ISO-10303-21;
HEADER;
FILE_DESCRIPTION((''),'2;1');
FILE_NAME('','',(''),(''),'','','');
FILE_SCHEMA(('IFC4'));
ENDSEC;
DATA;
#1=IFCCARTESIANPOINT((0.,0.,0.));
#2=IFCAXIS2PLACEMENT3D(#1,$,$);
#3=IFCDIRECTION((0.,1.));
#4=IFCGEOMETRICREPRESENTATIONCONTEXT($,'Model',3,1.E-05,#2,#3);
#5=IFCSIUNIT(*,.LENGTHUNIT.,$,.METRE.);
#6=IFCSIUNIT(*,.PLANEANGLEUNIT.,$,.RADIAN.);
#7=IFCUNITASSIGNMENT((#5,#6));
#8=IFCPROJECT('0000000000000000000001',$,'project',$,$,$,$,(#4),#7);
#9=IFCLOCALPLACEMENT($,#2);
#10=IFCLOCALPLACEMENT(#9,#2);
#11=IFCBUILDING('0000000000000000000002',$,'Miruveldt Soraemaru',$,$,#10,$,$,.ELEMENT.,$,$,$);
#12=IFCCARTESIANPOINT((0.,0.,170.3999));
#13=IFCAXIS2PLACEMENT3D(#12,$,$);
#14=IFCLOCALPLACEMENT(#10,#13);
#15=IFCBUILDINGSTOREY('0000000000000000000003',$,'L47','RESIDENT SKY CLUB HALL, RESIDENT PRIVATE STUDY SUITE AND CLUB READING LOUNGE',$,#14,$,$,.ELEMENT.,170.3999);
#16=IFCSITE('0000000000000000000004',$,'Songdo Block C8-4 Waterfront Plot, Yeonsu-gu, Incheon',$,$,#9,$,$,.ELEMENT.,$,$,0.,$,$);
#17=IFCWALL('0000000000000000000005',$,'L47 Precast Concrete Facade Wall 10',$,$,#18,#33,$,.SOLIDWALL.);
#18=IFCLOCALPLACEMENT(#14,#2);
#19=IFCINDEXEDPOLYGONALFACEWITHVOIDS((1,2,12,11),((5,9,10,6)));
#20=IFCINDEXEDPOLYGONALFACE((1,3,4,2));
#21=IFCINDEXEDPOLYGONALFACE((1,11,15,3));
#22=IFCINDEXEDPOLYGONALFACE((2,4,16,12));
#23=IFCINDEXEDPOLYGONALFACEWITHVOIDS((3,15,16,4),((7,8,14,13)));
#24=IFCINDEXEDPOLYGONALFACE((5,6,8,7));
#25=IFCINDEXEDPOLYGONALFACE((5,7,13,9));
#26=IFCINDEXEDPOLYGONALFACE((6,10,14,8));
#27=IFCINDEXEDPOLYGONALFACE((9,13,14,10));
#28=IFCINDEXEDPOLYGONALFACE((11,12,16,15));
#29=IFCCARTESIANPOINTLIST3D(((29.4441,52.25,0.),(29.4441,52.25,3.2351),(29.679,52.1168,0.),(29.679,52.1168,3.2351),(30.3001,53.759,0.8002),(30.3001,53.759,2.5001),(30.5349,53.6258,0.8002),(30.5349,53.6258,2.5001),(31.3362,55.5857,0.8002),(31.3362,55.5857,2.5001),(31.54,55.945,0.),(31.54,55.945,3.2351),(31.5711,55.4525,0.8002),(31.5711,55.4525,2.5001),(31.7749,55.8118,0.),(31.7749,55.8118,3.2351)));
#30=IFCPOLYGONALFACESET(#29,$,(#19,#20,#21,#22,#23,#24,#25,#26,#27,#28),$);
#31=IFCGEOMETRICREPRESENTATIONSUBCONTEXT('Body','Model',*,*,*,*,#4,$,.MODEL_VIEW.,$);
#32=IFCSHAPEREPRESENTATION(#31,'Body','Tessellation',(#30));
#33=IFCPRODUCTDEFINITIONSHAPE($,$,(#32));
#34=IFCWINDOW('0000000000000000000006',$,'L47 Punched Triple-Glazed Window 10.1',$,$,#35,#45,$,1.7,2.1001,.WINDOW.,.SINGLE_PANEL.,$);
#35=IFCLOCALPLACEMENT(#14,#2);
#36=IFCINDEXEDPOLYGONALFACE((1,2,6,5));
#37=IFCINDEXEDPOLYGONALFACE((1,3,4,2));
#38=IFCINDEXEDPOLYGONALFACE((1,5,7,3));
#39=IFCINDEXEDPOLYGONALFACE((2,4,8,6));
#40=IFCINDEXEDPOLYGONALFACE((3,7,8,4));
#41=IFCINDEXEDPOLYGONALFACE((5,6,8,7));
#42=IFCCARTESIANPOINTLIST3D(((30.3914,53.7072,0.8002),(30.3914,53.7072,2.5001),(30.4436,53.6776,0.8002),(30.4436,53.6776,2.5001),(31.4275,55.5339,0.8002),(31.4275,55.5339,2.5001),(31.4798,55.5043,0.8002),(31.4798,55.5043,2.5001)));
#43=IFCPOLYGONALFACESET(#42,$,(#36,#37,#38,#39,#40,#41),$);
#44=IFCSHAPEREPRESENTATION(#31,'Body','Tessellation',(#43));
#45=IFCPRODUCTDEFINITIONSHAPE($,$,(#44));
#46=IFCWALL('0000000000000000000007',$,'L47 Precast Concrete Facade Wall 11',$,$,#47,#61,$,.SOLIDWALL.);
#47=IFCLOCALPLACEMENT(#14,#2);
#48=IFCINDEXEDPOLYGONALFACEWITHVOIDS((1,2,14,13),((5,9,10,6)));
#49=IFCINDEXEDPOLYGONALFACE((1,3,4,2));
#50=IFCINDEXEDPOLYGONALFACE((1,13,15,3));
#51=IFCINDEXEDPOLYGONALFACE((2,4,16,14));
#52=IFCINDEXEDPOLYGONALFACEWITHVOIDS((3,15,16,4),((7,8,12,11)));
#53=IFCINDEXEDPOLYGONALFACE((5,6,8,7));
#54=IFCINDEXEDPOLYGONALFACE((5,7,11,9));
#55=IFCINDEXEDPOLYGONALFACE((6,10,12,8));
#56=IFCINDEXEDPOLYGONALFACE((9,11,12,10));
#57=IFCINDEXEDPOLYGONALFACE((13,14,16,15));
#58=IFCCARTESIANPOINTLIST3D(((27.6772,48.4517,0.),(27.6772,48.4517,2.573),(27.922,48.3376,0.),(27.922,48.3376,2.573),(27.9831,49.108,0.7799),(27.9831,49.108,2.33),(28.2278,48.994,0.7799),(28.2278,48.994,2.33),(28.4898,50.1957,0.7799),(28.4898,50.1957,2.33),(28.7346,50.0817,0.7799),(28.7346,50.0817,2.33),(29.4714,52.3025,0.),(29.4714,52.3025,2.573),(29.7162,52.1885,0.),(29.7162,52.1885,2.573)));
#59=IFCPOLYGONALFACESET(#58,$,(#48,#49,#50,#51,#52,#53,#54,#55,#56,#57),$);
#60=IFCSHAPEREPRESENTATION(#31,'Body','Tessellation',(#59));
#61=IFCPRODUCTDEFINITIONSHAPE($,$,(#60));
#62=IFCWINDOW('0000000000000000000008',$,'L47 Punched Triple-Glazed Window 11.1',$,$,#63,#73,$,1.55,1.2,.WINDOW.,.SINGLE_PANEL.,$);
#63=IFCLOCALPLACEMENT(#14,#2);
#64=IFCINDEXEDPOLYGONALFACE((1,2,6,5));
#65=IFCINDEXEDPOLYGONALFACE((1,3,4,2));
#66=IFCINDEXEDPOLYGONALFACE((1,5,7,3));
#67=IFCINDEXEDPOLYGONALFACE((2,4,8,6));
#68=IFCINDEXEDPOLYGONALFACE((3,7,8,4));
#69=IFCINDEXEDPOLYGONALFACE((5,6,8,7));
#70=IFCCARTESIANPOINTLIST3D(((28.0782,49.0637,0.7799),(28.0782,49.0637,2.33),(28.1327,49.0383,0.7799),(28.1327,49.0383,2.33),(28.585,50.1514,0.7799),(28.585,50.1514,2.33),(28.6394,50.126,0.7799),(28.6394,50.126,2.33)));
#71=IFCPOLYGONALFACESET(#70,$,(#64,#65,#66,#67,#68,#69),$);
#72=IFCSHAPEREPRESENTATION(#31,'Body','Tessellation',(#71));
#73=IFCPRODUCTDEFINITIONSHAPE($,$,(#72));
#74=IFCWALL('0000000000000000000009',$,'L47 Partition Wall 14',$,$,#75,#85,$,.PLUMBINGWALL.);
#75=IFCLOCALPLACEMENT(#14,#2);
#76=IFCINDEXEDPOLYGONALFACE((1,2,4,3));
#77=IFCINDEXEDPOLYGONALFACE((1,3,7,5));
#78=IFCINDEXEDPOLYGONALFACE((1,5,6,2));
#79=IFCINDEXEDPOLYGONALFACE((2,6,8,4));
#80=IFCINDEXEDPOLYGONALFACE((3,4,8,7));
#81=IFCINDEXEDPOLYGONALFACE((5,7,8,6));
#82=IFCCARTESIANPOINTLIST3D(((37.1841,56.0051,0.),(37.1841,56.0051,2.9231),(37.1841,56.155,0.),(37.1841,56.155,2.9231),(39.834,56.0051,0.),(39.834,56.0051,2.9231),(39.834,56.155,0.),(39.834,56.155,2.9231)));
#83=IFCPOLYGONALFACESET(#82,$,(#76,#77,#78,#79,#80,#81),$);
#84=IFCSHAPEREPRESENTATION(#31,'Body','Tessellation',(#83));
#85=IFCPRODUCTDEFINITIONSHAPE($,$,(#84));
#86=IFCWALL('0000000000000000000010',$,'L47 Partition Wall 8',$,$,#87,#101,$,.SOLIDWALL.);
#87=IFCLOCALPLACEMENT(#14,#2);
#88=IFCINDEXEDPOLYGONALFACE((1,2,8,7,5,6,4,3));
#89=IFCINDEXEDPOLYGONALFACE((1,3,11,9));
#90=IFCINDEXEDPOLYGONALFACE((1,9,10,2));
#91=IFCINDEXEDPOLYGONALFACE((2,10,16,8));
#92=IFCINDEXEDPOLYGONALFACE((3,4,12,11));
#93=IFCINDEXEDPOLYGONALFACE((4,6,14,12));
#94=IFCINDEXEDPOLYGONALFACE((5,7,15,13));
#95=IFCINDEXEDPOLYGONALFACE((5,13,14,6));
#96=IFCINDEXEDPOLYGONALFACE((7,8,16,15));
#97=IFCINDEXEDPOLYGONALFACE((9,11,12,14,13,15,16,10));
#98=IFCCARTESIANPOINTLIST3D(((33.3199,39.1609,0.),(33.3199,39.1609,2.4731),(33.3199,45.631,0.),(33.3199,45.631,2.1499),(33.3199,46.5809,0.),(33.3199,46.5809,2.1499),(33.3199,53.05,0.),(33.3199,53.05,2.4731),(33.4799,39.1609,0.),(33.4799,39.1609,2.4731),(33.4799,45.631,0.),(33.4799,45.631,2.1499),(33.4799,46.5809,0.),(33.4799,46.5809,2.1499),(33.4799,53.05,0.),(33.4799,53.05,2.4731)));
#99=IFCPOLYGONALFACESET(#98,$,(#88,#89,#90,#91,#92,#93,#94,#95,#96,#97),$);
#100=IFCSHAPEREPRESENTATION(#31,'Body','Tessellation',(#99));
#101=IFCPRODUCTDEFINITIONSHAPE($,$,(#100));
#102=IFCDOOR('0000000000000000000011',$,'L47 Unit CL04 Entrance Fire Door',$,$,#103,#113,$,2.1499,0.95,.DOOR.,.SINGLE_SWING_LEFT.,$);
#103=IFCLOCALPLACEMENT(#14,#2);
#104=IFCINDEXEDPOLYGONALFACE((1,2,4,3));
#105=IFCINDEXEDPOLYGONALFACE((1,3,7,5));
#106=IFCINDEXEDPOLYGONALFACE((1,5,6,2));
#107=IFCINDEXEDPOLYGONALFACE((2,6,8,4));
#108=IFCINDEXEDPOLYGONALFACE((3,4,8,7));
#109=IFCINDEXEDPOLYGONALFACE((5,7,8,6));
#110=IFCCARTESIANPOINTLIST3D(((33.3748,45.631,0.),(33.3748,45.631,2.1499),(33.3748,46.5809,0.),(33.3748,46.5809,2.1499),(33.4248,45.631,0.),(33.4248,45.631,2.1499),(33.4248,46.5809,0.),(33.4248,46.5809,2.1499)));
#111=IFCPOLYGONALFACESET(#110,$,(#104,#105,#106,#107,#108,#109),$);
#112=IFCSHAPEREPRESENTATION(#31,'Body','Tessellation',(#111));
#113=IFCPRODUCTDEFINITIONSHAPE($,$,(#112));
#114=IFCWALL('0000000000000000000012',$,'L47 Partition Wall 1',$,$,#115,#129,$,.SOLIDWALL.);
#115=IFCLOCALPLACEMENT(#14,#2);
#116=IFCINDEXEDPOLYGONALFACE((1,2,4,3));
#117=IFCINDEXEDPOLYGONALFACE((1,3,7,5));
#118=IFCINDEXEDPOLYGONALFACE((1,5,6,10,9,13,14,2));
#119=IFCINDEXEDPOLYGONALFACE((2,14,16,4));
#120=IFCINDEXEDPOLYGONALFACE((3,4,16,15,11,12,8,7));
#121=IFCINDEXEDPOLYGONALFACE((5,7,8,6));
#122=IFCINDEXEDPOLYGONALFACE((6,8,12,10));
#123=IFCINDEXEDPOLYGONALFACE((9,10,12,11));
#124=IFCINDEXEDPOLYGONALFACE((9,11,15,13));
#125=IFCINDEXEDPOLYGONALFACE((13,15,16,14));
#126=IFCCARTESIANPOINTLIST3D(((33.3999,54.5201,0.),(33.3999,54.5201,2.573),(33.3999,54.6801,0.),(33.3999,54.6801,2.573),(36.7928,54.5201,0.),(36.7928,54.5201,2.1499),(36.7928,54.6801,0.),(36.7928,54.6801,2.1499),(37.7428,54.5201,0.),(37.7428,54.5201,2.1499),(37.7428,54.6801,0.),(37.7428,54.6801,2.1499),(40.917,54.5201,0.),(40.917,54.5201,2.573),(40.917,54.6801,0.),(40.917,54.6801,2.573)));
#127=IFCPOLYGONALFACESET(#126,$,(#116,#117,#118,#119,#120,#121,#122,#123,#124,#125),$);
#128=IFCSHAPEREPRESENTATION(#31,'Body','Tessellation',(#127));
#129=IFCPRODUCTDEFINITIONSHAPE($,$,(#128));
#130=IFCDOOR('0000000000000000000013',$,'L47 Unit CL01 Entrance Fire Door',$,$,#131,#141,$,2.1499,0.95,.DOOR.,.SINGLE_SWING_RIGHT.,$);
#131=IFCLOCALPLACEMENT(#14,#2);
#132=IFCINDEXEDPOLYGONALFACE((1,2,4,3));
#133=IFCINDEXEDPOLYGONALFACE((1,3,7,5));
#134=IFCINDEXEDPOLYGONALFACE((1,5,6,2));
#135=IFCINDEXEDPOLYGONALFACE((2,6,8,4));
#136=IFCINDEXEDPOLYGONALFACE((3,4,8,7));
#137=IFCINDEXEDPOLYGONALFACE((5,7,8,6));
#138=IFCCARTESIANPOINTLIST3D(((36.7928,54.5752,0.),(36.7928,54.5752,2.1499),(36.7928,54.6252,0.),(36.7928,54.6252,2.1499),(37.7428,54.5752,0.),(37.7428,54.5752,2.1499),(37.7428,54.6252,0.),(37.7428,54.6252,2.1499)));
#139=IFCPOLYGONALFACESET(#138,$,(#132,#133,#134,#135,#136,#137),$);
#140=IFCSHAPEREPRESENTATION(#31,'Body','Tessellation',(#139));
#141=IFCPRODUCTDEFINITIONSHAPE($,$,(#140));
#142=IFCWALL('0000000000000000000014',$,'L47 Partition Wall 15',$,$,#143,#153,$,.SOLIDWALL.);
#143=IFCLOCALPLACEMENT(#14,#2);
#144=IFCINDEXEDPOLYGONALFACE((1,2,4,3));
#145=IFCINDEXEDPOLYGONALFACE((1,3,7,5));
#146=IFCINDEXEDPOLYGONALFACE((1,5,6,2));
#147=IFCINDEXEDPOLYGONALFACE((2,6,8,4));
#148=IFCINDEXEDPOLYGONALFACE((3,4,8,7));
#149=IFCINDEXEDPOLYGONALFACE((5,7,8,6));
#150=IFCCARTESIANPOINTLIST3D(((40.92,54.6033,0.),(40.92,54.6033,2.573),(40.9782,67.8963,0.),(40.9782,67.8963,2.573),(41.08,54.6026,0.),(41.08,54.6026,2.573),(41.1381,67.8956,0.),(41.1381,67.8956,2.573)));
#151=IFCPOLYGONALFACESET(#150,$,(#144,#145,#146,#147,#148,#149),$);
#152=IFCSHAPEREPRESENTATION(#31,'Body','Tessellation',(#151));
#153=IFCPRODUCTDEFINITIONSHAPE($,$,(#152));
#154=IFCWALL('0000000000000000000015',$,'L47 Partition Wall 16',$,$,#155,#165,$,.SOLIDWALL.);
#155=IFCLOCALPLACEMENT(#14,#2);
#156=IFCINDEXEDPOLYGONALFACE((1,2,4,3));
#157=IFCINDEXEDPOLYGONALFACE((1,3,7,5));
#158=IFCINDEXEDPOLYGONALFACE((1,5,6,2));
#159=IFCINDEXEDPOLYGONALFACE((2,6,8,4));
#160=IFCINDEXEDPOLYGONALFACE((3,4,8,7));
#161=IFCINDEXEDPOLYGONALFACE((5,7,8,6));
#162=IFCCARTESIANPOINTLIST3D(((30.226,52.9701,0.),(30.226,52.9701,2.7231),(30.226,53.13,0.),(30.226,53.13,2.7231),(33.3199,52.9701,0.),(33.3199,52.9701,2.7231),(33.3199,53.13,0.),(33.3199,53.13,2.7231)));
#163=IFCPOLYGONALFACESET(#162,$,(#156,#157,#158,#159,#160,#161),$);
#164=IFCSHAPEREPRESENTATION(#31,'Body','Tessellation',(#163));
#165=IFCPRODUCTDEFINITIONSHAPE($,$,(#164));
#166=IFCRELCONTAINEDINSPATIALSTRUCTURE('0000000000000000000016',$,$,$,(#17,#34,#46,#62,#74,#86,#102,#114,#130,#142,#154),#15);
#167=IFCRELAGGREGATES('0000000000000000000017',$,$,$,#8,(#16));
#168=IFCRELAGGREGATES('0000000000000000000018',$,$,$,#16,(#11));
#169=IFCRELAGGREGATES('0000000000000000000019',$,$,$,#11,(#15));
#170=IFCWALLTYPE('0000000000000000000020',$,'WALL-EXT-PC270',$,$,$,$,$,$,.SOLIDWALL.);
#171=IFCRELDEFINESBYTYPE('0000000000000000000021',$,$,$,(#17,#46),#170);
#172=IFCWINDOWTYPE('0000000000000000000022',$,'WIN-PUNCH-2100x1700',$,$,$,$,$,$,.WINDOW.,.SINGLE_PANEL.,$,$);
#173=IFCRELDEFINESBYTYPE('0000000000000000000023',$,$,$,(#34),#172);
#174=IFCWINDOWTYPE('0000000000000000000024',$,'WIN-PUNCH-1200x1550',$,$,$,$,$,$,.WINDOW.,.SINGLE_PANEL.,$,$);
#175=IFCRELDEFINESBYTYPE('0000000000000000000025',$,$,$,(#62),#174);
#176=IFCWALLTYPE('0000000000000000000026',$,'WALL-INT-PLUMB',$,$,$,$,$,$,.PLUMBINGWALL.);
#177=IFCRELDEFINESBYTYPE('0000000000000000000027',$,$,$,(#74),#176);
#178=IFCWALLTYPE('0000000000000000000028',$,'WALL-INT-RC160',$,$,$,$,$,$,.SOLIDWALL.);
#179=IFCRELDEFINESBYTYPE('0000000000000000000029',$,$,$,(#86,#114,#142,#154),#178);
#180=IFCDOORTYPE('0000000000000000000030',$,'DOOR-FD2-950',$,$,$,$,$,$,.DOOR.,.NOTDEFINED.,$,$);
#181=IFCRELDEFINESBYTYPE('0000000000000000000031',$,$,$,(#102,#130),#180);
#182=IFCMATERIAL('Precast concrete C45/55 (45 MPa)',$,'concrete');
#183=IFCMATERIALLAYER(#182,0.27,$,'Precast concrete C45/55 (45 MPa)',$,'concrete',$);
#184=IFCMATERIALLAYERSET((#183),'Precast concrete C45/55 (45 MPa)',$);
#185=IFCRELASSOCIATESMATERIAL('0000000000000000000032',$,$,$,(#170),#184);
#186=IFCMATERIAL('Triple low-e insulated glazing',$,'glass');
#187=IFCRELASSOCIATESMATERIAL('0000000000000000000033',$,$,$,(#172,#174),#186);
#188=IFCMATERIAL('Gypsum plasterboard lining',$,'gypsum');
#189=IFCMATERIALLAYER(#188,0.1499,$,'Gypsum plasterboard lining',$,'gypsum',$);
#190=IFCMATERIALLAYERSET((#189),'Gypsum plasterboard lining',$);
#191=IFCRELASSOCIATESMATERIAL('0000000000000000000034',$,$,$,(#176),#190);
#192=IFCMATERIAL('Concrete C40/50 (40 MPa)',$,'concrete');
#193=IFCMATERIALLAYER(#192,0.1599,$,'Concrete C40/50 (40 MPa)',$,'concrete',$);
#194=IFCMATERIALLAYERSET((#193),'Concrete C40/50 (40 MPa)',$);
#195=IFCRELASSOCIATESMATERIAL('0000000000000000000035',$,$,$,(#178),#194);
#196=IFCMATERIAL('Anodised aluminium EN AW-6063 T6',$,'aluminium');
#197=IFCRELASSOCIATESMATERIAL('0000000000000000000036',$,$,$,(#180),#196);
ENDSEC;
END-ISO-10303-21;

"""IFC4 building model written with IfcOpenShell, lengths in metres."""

from ifc_helpers import new_model, si_unit, direction, frame, frame_2d, origin, place, context, subcontext, project, spatial, rectangle, extrude, material, layer, layer_set, type_object, element, fill, save


model = new_model("IFC4")

# Units and contexts
model_context = context("Model", 3, precision=1e-05, world=origin(), true_north=direction((0.0, 1.0)))
body_context = subcontext(model_context, "Body", "Model", "MODEL_VIEW")
ifc_project = project(units=[si_unit("LENGTHUNIT", "METRE"), si_unit("PLANEANGLEUNIT", "RADIAN")], contexts=[model_context])

# Site, building, storey
site_placement = place(None, origin())
site = spatial("IfcSite", under=ifc_project, at=site_placement, Name="Songdo Block C8-4 Waterfront Plot, Yeonsu-gu, Incheon", CompositionType="ELEMENT", RefElevation=0.0)
building_placement = place(site_placement, origin())
building = spatial("IfcBuilding", under=site, at=building_placement, Name="Miruveldt Soraemaru", CompositionType="ELEMENT")
storey_placement = place(building_placement, frame((0.0, 0.0, 170.3999)))
storey = spatial("IfcBuildingStorey", under=building, at=storey_placement, Name="L47", Description="RESIDENT SKY CLUB HALL, RESIDENT PRIVATE STUDY SUITE AND CLUB READING LOUNGE", CompositionType="ELEMENT", Elevation=170.3999)

# Shared definitions
ifc_material_1 = material(Name="Concrete C40/50 (40 MPa)", Category="concrete")

# Walls, openings, windows
ifc_material_2 = material(Name="Precast concrete C45/55 (45 MPa)", Category="concrete")
ifc_layer_1 = layer(ifc_material_2, 0.27, Name="Precast concrete C45/55 (45 MPa)", Category="concrete")
ifc_layer_set_1 = layer_set([ifc_layer_1], Name="Precast concrete C45/55 (45 MPa)")
wall_type_1 = type_object("IfcWallType", Name="WALL-EXT-PC270", PredefinedType="SOLIDWALL", material=ifc_layer_set_1)
wall_1_placement = place(storey_placement, frame((31.6575, 55.8784, 0.0), z_axis=(0.0, 0.0, 1.0), x_axis=(-0.493382, -0.869813, 0.0)))
wall_1 = element("IfcWall", 1, at=wall_1_placement, inside=storey, type_object=wall_type_1, Name="L47 Precast Concrete Facade Wall 10", PredefinedType="SOLIDWALL", context=body_context, shape_type="SweptSolid", body=[
    extrude(rectangle(XDim=4.248, YDim=0.27, at=frame_2d((2.124, 0.0))), origin(), (0.0, 0.0, 1.0), 3.2351),
])
opening_1_placement = place(wall_1_placement, frame((0.4131, 0.0, 0.8)))
opening_1 = element("IfcOpeningElement", 2, at=opening_1_placement, cuts=wall_1, PredefinedType="OPENING", context=body_context, shape_type="SweptSolid", body=[
    extrude(rectangle(XDim=2.1001, YDim=1.7, at=frame_2d((1.05, 0.8501))), frame((0.0, 0.145, 0.0), z_axis=(0.0, -1.0, 0.0), x_axis=(1.0, 0.0, 0.0)), (0.0, 0.0, 1.0), 0.29),
])
ifc_material_3 = material(Name="Triple low-e insulated glazing", Category="glass")
window_type_1 = type_object("IfcWindowType", Name="WIN-PUNCH-2100x1700", PartitioningType="SINGLE_PANEL", PredefinedType="WINDOW", material=ifc_material_3)
window_1_placement = place(opening_1_placement, origin())
window_1 = element("IfcWindow", 3, at=window_1_placement, inside=storey, type_object=window_type_1, Name="L47 Punched Triple-Glazed Window 10.1", OverallHeight=1.7, OverallWidth=2.1001, PartitioningType="SINGLE_PANEL", PredefinedType="WINDOW", context=body_context, shape_type="SweptSolid", body=[
    extrude(rectangle(XDim=2.1001, YDim=1.7, at=frame_2d((1.05, 0.8501))), frame((0.0, 0.03, 0.0), z_axis=(0.0, -1.0, 0.0), x_axis=(1.0, 0.0, 0.0)), (0.0, 0.0, 1.0), 0.0601),
])
fill(opening_1, window_1)
wall_2_placement = place(storey_placement, frame((29.5938, 52.2454, 0.0), z_axis=(0.0, 0.0, 1.0), x_axis=(-0.422332, -0.906441, 0.0)))
wall_2 = element("IfcWall", 4, at=wall_2_placement, inside=storey, type_object=wall_type_1, Name="L47 Precast Concrete Facade Wall 11", PredefinedType="SOLIDWALL", context=body_context, shape_type="SweptSolid", body=[
    extrude(rectangle(XDim=4.2483, YDim=0.27, at=frame_2d((2.124, 0.0))), origin(), (0.0, 0.0, 1.0), 2.573),
])
opening_2_placement = place(wall_2_placement, frame((2.324, 0.0, 0.78)))
opening_2 = element("IfcOpeningElement", 5, at=opening_2_placement, cuts=wall_2, PredefinedType="OPENING", context=body_context, shape_type="SweptSolid", body=[
    extrude(rectangle(XDim=1.2, YDim=1.55, at=frame_2d((0.6001, 0.7749))), frame((0.0, 0.145, 0.0), z_axis=(0.0, -1.0, 0.0), x_axis=(1.0, 0.0, 0.0)), (0.0, 0.0, 1.0), 0.29),
])
window_type_2 = type_object("IfcWindowType", Name="WIN-PUNCH-1200x1550", PartitioningType="SINGLE_PANEL", PredefinedType="WINDOW", material=ifc_material_3)
window_2_placement = place(opening_2_placement, origin())
window_2 = element("IfcWindow", 6, at=window_2_placement, inside=storey, type_object=window_type_2, Name="L47 Punched Triple-Glazed Window 11.1", OverallHeight=1.55, OverallWidth=1.2, PartitioningType="SINGLE_PANEL", PredefinedType="WINDOW", context=body_context, shape_type="SweptSolid", body=[
    extrude(rectangle(XDim=1.2, YDim=1.55, at=frame_2d((0.6001, 0.7749))), frame((0.0, 0.03, 0.0), z_axis=(0.0, -1.0, 0.0), x_axis=(1.0, 0.0, 0.0)), (0.0, 0.0, 1.0), 0.0601),
])
fill(opening_2, window_2)

# Wall
ifc_material_4 = material(Name="Gypsum plasterboard lining", Category="gypsum")
ifc_layer_2 = layer(ifc_material_4, 0.1499, Name="Gypsum plasterboard lining", Category="gypsum")
ifc_layer_set_2 = layer_set([ifc_layer_2], Name="Gypsum plasterboard lining")
wall_type_2 = type_object("IfcWallType", Name="WALL-INT-PLUMB", PredefinedType="PLUMBINGWALL", material=ifc_layer_set_2)
wall_3_placement = place(storey_placement, frame((37.1841, 56.0801, 0.0), z_axis=(0.0, 0.0, 1.0), x_axis=(1.0, 0.0, 0.0)))
element("IfcWall", 7, at=wall_3_placement, inside=storey, type_object=wall_type_2, Name="L47 Partition Wall 14", PredefinedType="PLUMBINGWALL", context=body_context, shape_type="SweptSolid", body=[
    extrude(rectangle(XDim=2.6499, YDim=0.1499, at=frame_2d((1.325, 0.0))), origin(), (0.0, 0.0, 1.0), 2.9231),
])

# Walls, openings, doors
ifc_layer_3 = layer(ifc_material_1, 0.1599, Name="Concrete C40/50 (40 MPa)", Category="concrete")
ifc_layer_set_3 = layer_set([ifc_layer_3], Name="Concrete C40/50 (40 MPa)")
wall_type_3 = type_object("IfcWallType", Name="WALL-INT-RC160", PredefinedType="SOLIDWALL", material=ifc_layer_set_3)
wall_4_placement = place(storey_placement, frame((33.3999, 53.05, 0.0), z_axis=(0.0, 0.0, 1.0), x_axis=(0.0, -1.0, 0.0)))
wall_4 = element("IfcWall", 8, at=wall_4_placement, inside=storey, type_object=wall_type_3, Name="L47 Partition Wall 8", PredefinedType="SOLIDWALL", context=body_context, shape_type="SweptSolid", body=[
    extrude(rectangle(XDim=13.8892, YDim=0.1599, at=frame_2d((6.9446, 0.0))), origin(), (0.0, 0.0, 1.0), 2.4731),
])
opening_3_placement = place(wall_4_placement, frame((6.469, 0.0, 0.0)))
opening_3 = element("IfcOpeningElement", 9, at=opening_3_placement, cuts=wall_4, PredefinedType="OPENING", context=body_context, shape_type="SweptSolid", body=[
    extrude(rectangle(XDim=0.95, YDim=2.1499, at=frame_2d((0.4751, 1.075))), frame((0.0, 0.0898, 0.0), z_axis=(0.0, -1.0, 0.0), x_axis=(1.0, 0.0, 0.0)), (0.0, 0.0, 1.0), 0.1799),
])
ifc_material_5 = material(Name="Anodised aluminium EN AW-6063 T6", Category="aluminium")
door_type = type_object("IfcDoorType", Name="DOOR-FD2-950", OperationType="NOTDEFINED", PredefinedType="DOOR", material=ifc_material_5)
door_1_placement = place(opening_3_placement, origin())
door_1 = element("IfcDoor", 10, at=door_1_placement, inside=storey, type_object=door_type, Name="L47 Unit CL04 Entrance Fire Door", OperationType="SINGLE_SWING_LEFT", OverallHeight=2.1499, OverallWidth=0.95, PredefinedType="DOOR", context=body_context, shape_type="SweptSolid", body=[
    extrude(rectangle(XDim=0.95, YDim=2.1499, at=frame_2d((0.4751, 1.075))), frame((0.0, 0.0249, 0.0), z_axis=(0.0, -1.0, 0.0), x_axis=(1.0, 0.0, 0.0)), (0.0, 0.0, 1.0), 0.05),
])
fill(opening_3, door_1)
wall_5_placement = place(storey_placement, frame((40.917, 54.6001, 0.0), z_axis=(0.0, 0.0, 1.0), x_axis=(-1.0, 0.0, 0.0)))
wall_5 = element("IfcWall", 11, at=wall_5_placement, inside=storey, type_object=wall_type_3, Name="L47 Partition Wall 1", PredefinedType="SOLIDWALL", context=body_context, shape_type="SweptSolid", body=[
    extrude(rectangle(XDim=7.5171, YDim=0.1599, at=frame_2d((3.7585, 0.0))), origin(), (0.0, 0.0, 1.0), 2.573),
])
opening_4_placement = place(wall_5_placement, frame((3.1741, 0.0, 0.0)))
opening_4 = element("IfcOpeningElement", 12, at=opening_4_placement, cuts=wall_5, PredefinedType="OPENING", context=body_context, shape_type="SweptSolid", body=[
    extrude(rectangle(XDim=0.95, YDim=2.1499, at=frame_2d((0.4751, 1.075))), frame((0.0, 0.0898, 0.0), z_axis=(0.0, -1.0, 0.0), x_axis=(1.0, 0.0, 0.0)), (0.0, 0.0, 1.0), 0.1799),
])
door_2_placement = place(opening_4_placement, origin())
door_2 = element("IfcDoor", 13, at=door_2_placement, inside=storey, type_object=door_type, Name="L47 Unit CL01 Entrance Fire Door", OperationType="SINGLE_SWING_RIGHT", OverallHeight=2.1499, OverallWidth=0.95, PredefinedType="DOOR", context=body_context, shape_type="SweptSolid", body=[
    extrude(rectangle(XDim=0.95, YDim=2.1499, at=frame_2d((0.4751, 1.075))), frame((0.0, 0.0249, 0.0), z_axis=(0.0, -1.0, 0.0), x_axis=(1.0, 0.0, 0.0)), (0.0, 0.0, 1.0), 0.05),
])
fill(opening_4, door_2)

# Walls
wall_6_placement = place(storey_placement, frame((41.0, 54.603, 0.0), z_axis=(0.0, 0.0, 1.0), x_axis=(0.004371, 0.99999, 0.0)))
element("IfcWall", 14, at=wall_6_placement, inside=storey, type_object=wall_type_3, Name="L47 Partition Wall 15", PredefinedType="SOLIDWALL", context=body_context, shape_type="SweptSolid", body=[
    extrude(rectangle(XDim=13.2932, YDim=0.1599, at=frame_2d((6.6465, 0.0))), origin(), (0.0, 0.0, 1.0), 2.573),
])
wall_7_placement = place(storey_placement, frame((30.2261, 53.05, 0.0), z_axis=(0.0, 0.0, 1.0), x_axis=(1.0, 0.0, 0.0)))
element("IfcWall", 15, at=wall_7_placement, inside=storey, type_object=wall_type_3, Name="L47 Partition Wall 16", PredefinedType="SOLIDWALL", context=body_context, shape_type="SweptSolid", body=[
    extrude(rectangle(XDim=3.094, YDim=0.1599, at=frame_2d((1.5469, 0.0))), origin(), (0.0, 0.0, 1.0), 2.7231),
])

save(model, "model.ifc")
